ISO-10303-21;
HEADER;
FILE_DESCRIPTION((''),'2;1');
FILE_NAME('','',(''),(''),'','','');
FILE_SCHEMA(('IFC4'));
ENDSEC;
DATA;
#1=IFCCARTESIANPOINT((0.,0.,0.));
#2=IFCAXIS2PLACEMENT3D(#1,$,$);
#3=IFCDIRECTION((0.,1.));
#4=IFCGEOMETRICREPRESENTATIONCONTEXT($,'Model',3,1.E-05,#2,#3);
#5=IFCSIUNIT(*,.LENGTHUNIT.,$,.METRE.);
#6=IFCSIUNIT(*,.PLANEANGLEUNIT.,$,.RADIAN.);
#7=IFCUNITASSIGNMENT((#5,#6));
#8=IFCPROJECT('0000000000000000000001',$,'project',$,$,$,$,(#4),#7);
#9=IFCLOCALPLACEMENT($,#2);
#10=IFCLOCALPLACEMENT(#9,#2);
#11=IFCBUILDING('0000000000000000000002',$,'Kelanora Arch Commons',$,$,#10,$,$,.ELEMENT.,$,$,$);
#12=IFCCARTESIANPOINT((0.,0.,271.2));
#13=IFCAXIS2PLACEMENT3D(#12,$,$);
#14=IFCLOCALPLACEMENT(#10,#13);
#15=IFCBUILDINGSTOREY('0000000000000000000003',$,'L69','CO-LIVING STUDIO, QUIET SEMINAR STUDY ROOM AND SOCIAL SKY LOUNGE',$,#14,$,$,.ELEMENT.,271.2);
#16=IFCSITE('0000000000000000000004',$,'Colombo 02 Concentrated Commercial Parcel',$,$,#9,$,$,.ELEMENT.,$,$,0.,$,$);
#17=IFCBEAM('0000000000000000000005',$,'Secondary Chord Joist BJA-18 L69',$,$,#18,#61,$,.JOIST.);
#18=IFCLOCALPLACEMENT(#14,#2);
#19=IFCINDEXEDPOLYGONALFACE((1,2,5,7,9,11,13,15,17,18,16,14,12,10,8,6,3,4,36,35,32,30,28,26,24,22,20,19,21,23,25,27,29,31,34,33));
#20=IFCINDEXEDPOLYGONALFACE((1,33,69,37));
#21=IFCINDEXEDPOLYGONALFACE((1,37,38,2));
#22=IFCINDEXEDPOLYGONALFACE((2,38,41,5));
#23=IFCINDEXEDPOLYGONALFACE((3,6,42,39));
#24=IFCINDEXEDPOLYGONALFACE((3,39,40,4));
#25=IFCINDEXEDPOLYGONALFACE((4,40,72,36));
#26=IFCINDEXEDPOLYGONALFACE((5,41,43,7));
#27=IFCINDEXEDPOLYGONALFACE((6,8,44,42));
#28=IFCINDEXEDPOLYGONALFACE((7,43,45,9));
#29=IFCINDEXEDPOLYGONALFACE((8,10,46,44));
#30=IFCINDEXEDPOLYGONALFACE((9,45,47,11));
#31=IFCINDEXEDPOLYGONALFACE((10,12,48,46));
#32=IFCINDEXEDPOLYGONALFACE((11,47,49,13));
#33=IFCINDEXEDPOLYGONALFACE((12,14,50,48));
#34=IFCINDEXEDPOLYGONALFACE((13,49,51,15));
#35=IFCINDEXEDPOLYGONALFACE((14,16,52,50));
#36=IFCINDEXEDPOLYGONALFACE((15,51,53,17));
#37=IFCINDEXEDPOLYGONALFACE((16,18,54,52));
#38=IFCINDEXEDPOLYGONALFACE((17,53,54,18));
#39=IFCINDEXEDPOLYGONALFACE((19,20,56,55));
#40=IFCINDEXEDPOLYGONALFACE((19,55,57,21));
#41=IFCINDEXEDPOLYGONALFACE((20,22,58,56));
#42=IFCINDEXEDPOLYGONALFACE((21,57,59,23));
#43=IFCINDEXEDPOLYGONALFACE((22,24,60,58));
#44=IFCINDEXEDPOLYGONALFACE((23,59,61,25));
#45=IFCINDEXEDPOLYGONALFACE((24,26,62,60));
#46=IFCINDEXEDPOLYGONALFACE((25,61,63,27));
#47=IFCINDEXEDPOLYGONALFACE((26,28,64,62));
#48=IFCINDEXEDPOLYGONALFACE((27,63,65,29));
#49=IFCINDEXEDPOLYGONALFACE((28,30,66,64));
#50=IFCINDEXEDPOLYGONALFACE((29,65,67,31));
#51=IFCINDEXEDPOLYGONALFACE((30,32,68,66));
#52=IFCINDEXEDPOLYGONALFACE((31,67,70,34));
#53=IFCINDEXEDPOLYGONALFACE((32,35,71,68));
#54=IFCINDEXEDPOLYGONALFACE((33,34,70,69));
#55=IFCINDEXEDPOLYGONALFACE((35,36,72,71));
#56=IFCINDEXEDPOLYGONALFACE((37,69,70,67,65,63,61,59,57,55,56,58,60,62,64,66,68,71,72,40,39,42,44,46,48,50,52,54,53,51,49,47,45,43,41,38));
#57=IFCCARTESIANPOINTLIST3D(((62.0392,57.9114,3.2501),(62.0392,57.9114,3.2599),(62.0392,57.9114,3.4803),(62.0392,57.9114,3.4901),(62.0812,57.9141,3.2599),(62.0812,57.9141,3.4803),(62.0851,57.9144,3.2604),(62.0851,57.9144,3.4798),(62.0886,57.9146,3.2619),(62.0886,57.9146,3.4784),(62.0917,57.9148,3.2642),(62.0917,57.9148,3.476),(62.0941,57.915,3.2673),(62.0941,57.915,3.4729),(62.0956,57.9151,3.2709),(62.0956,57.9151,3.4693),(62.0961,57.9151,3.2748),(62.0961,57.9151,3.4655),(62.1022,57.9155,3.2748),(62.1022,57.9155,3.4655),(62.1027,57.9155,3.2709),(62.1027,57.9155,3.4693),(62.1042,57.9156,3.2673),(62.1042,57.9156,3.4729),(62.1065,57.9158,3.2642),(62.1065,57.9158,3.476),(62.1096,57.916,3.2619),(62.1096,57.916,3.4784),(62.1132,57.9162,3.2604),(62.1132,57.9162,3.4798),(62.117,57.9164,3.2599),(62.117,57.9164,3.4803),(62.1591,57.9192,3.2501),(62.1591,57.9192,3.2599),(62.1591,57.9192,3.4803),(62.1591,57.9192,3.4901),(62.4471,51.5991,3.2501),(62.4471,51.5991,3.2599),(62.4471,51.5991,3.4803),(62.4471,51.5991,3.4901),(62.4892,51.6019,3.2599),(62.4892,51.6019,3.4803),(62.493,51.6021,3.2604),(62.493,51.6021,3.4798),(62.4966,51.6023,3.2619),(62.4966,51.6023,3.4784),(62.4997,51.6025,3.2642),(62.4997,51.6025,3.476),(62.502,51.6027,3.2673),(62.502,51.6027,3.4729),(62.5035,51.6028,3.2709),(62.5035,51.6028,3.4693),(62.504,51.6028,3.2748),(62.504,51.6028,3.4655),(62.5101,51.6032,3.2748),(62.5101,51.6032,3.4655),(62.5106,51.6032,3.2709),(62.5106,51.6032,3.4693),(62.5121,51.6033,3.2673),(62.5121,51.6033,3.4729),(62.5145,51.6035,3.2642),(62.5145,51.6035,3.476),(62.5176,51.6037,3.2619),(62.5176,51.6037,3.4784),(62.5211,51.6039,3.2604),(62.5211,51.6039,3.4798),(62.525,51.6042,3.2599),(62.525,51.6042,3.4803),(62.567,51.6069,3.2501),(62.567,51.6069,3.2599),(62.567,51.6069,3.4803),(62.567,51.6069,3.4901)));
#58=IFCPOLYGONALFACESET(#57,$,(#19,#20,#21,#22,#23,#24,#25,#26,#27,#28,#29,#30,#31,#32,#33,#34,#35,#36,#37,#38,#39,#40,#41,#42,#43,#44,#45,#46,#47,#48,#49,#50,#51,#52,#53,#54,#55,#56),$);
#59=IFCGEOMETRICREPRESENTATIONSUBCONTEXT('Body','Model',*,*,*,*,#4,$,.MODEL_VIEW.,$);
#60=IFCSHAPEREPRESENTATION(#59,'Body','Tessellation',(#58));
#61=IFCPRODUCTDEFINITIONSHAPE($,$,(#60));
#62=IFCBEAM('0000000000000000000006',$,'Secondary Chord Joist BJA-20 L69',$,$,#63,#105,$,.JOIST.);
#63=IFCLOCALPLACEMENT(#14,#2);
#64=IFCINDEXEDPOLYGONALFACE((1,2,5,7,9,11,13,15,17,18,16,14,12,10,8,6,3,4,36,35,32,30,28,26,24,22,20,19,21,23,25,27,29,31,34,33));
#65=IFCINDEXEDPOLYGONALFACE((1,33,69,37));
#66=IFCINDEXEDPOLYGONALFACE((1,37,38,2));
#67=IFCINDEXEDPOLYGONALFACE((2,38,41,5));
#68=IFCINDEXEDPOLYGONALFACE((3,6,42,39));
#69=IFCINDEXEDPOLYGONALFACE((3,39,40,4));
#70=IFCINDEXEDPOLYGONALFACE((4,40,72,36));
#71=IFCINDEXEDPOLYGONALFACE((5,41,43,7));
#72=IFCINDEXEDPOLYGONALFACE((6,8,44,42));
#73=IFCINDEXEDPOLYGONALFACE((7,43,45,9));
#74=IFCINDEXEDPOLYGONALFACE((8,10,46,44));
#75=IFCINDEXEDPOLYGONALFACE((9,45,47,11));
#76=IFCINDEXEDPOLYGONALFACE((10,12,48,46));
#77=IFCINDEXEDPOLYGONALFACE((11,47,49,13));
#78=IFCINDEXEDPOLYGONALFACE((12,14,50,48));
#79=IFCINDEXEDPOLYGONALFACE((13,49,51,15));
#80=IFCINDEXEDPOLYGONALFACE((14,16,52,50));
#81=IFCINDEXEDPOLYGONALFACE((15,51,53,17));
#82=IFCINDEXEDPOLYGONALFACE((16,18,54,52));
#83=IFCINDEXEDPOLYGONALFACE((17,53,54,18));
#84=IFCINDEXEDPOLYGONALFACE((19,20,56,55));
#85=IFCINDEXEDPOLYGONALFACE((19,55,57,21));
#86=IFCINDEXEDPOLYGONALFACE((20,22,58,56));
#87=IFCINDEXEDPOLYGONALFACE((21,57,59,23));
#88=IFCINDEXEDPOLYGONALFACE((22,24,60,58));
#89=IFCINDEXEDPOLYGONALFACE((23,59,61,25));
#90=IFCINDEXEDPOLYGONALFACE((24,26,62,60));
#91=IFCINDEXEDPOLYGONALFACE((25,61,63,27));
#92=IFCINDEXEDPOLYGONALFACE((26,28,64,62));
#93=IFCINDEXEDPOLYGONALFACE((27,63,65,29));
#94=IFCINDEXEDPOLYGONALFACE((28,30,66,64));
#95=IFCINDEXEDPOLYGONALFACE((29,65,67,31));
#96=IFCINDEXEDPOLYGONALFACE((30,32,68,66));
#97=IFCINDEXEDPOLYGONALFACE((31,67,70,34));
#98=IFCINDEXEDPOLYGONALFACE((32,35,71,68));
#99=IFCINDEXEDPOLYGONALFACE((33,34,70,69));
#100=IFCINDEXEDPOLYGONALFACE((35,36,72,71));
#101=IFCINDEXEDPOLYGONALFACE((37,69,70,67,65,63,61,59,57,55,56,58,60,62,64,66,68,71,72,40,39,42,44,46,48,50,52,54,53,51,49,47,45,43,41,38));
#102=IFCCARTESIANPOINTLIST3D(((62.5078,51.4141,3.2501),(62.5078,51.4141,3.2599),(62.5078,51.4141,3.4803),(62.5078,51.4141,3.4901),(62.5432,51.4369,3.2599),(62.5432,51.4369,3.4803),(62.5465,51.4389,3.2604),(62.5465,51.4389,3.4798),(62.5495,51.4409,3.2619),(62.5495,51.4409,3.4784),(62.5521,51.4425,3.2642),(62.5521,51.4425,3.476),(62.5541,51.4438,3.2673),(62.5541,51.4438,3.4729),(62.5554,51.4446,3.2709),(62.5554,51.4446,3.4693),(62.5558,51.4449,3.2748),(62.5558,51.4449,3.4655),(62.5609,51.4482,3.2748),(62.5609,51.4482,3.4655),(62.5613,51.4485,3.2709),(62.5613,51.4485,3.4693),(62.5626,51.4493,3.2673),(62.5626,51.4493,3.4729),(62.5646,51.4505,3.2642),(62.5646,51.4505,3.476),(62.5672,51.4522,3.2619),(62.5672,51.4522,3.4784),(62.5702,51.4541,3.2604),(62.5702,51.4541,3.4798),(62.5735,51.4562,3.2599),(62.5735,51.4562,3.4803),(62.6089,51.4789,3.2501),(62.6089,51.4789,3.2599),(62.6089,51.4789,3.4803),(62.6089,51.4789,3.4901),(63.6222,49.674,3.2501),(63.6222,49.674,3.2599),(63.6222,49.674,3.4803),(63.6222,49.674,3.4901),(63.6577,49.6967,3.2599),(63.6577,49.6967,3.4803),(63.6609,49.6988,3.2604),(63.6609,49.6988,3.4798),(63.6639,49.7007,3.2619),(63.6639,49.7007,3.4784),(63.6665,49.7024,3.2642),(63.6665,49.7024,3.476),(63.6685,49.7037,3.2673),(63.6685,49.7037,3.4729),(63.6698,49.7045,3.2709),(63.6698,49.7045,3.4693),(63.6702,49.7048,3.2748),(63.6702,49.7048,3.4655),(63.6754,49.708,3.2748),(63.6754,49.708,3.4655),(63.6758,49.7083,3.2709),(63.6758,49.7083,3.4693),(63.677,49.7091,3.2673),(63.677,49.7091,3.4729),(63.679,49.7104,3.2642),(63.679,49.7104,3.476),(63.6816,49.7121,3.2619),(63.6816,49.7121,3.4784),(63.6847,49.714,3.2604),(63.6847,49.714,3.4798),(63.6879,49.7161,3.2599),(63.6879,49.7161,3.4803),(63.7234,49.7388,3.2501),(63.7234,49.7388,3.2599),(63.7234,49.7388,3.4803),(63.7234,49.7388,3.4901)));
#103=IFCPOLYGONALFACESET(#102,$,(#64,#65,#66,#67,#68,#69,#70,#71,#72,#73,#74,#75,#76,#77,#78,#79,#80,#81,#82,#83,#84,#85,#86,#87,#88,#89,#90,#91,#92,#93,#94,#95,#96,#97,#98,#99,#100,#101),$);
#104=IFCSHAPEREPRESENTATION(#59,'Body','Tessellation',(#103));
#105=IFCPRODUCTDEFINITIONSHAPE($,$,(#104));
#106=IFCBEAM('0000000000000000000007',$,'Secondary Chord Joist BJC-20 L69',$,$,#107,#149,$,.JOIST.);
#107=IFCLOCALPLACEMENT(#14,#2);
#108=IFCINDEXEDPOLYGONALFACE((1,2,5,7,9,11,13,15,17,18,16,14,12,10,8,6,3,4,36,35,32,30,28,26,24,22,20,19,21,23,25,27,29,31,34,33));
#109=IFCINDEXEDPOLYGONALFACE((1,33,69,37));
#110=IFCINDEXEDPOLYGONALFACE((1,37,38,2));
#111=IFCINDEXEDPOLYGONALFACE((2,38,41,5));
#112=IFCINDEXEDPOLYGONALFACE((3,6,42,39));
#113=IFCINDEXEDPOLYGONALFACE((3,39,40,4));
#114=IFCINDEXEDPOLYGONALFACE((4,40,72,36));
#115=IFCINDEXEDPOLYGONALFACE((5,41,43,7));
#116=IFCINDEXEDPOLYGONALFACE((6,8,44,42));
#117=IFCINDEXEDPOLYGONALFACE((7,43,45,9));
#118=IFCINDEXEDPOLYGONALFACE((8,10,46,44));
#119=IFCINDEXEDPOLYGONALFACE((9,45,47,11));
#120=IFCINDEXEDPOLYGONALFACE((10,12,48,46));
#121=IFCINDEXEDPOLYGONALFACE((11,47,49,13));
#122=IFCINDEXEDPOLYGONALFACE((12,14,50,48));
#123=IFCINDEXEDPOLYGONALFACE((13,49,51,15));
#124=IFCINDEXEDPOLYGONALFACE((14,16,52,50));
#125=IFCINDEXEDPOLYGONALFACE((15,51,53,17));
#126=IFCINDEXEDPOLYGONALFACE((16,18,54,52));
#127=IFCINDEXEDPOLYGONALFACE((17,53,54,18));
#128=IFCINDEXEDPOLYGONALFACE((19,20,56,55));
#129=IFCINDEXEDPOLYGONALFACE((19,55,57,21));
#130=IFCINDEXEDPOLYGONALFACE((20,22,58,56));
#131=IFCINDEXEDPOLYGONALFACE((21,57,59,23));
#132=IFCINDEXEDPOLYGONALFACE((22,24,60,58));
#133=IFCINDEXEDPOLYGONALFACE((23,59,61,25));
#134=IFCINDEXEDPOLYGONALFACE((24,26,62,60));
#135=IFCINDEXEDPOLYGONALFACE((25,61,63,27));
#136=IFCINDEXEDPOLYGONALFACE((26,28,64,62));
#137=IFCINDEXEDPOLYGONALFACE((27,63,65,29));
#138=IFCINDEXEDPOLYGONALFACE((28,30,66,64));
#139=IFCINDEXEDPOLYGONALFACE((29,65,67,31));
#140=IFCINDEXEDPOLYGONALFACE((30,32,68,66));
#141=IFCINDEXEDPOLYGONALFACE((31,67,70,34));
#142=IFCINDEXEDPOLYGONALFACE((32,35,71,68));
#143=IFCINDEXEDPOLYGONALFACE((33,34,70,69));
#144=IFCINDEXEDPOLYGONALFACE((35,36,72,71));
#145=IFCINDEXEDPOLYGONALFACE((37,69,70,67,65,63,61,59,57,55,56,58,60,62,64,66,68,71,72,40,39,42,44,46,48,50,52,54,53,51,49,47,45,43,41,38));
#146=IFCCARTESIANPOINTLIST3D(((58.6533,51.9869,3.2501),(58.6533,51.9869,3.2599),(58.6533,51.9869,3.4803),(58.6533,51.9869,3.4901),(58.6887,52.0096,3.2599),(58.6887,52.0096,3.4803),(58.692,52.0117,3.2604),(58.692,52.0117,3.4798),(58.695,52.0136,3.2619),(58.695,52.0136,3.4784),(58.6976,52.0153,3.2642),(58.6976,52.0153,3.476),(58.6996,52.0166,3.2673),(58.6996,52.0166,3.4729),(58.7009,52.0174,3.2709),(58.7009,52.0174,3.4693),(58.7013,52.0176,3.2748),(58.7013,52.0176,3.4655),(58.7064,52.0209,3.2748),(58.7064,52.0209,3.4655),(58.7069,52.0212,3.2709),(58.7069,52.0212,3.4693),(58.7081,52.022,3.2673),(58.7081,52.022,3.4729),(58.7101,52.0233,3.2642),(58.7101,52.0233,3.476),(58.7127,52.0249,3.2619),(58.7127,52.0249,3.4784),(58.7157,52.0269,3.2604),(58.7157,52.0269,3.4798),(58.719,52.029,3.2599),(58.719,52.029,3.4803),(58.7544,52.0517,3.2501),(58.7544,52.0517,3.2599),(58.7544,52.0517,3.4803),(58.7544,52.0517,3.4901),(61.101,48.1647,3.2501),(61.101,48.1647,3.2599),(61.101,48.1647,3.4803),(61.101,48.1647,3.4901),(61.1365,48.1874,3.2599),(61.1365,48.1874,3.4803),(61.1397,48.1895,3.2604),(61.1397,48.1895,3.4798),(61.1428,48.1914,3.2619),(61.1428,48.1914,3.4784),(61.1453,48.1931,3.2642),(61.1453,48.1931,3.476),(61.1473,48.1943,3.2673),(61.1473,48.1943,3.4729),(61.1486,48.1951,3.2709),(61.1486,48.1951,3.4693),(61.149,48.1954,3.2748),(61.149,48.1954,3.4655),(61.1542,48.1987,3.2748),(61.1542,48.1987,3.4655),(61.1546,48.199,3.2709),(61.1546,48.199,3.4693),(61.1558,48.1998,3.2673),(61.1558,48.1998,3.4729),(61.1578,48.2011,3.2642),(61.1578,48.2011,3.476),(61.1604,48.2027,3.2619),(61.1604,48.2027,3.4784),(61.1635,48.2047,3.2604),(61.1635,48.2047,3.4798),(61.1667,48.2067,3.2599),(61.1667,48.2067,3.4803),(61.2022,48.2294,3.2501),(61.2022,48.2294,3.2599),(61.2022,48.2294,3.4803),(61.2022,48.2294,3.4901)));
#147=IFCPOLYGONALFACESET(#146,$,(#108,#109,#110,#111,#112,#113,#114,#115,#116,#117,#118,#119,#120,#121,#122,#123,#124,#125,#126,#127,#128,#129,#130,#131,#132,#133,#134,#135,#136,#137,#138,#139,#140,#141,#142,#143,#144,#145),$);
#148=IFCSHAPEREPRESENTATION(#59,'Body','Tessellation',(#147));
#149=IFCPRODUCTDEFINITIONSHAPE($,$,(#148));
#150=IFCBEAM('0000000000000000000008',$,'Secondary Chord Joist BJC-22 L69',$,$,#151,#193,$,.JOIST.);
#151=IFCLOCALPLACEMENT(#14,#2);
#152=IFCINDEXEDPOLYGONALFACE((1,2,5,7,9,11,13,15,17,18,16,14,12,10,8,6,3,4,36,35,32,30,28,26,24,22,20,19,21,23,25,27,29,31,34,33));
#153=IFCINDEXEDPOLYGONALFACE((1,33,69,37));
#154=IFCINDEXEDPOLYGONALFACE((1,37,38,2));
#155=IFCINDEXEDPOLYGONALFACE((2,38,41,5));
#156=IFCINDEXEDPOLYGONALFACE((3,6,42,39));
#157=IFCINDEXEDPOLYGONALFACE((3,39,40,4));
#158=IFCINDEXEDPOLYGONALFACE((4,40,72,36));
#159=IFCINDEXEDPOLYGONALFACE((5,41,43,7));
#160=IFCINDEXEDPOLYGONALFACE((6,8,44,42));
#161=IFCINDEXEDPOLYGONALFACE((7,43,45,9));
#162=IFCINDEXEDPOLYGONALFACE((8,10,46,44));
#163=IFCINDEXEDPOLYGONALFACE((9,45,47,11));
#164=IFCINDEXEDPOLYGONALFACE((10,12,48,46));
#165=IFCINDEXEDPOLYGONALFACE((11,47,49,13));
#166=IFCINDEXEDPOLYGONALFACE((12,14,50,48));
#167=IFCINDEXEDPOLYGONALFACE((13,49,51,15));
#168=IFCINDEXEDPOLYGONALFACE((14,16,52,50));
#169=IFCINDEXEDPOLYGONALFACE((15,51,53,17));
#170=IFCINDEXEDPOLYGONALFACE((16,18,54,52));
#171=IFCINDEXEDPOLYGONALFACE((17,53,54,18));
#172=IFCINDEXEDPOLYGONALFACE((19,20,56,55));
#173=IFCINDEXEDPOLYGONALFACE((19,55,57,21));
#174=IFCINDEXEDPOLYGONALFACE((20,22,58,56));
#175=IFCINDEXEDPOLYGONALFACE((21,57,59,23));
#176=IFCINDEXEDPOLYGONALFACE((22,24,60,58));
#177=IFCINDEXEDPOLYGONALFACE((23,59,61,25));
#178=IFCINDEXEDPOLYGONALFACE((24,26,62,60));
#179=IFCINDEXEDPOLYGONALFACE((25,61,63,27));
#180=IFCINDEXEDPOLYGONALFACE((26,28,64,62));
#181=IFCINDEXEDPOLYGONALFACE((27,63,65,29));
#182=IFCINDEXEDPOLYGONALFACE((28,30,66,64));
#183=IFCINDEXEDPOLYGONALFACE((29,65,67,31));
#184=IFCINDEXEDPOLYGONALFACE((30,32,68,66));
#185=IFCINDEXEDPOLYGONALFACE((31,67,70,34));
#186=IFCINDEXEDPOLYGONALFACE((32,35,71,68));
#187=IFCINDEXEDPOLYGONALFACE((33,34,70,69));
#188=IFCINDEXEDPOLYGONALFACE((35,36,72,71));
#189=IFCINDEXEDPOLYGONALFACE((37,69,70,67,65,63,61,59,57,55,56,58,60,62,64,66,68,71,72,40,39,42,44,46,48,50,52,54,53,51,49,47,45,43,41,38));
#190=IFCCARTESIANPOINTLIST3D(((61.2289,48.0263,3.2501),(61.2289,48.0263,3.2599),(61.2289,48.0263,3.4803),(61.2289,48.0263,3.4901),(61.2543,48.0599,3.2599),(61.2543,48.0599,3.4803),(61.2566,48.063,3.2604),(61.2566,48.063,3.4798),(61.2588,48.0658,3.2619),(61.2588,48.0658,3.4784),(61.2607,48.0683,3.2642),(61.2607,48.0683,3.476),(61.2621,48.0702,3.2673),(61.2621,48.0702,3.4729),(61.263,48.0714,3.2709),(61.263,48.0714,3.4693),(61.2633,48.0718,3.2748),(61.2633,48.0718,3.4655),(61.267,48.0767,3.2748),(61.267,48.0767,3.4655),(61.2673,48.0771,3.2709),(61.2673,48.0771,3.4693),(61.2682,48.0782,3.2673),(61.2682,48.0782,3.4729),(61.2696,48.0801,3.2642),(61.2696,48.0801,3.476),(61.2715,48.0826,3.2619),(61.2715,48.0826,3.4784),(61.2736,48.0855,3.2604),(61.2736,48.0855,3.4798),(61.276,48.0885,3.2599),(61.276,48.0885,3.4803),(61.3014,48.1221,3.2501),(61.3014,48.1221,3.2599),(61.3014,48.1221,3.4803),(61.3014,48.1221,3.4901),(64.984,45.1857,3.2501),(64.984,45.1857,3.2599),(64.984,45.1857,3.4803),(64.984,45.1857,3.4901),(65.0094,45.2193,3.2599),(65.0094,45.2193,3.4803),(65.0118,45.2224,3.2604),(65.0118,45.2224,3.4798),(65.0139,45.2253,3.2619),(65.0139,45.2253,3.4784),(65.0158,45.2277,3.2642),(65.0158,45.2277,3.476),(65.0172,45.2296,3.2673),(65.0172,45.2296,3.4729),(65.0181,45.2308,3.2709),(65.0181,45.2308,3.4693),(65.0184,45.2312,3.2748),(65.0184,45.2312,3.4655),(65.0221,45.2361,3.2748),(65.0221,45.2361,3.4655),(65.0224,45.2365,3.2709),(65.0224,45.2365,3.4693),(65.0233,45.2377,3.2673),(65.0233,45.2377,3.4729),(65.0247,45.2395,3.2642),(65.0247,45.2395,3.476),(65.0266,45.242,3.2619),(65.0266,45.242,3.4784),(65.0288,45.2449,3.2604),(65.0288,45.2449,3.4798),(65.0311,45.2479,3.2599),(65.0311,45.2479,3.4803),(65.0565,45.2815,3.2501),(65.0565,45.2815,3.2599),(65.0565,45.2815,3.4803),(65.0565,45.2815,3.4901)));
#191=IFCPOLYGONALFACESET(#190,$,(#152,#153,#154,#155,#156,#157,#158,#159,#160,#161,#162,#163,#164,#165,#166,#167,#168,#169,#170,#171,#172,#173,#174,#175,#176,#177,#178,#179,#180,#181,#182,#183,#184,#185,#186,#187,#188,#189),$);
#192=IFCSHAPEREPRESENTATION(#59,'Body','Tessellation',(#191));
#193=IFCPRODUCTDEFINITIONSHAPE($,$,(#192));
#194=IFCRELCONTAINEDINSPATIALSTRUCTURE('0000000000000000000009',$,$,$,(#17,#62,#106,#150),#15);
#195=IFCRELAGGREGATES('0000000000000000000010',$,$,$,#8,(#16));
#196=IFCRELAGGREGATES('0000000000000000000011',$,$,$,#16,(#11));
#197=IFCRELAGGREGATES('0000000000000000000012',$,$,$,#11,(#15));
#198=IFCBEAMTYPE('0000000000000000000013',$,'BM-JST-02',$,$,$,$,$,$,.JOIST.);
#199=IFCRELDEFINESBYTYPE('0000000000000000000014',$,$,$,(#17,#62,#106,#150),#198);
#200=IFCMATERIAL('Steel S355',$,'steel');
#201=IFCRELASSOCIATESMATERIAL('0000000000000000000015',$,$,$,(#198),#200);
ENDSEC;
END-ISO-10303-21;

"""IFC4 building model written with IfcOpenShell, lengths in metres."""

from ifc_helpers import new_model, si_unit, direction, frame, origin, origin_2d, place, context, subcontext, project, spatial, i_section, extrude, material, material_profile, profile_set, type_object, element, save


model = new_model("IFC4")

# Units and contexts
model_context = context("Model", 3, precision=1e-05, world=origin(), true_north=direction((0.0, 1.0)))
body_context = subcontext(model_context, "Body", "Model", "MODEL_VIEW")
ifc_project = project(units=[si_unit("LENGTHUNIT", "METRE"), si_unit("PLANEANGLEUNIT", "RADIAN")], contexts=[model_context])

# Site, building, storey
site_placement = place(None, origin())
site = spatial("IfcSite", under=ifc_project, at=site_placement, Name="Colombo 02 Concentrated Commercial Parcel", CompositionType="ELEMENT", RefElevation=0.0)
building_placement = place(site_placement, origin())
building = spatial("IfcBuilding", under=site, at=building_placement, Name="Kelanora Arch Commons", CompositionType="ELEMENT")
storey_placement = place(building_placement, frame((0.0, 0.0, 271.2)))
storey = spatial("IfcBuildingStorey", under=building, at=storey_placement, Name="L69", Description="CO-LIVING STUDIO, QUIET SEMINAR STUDY ROOM AND SOCIAL SKY LOUNGE", CompositionType="ELEMENT", Elevation=271.2)

# Beams
ifc_material_1 = material(Name="Steel S355", Category="steel")
ifc_material_profile_1 = material_profile(ifc_material_1, i_section(OverallWidth=0.1201, OverallDepth=0.24, WebThickness=0.0061, FlangeThickness=0.0098, FilletRadius=0.0149, at=origin_2d()), Name="IPE240")
ifc_profile_set_1 = profile_set([ifc_material_profile_1], Name="Steel S355")
beam_type_1 = type_object("IfcBeamType", Name="BM-JST-02", PredefinedType="JOIST", material=ifc_profile_set_1)
beam_1_placement = place(storey_placement, frame((62.0991, 57.9153, 3.3701), z_axis=(0.064495, -0.997918, 0.0), x_axis=(0.997918, 0.064495, 0.0)))
element("IfcBeam", 1, at=beam_1_placement, inside=storey, type_object=beam_type_1, Name="Secondary Chord Joist BJA-18 L69", PredefinedType="JOIST", context=body_context, shape_type="SweptSolid", body=[
    extrude(i_section(OverallWidth=0.1201, OverallDepth=0.24, WebThickness=0.0061, FlangeThickness=0.0098, FilletRadius=0.0149, at=origin_2d()), origin(), (0.0, 0.0, 1.0), 6.3254),
])
beam_2_placement = place(storey_placement, frame((62.5583, 51.4465, 3.3701), z_axis=(0.539312, -0.842106, 0.0), x_axis=(0.842106, 0.539312, 0.0)))
element("IfcBeam", 2, at=beam_2_placement, inside=storey, type_object=beam_type_1, Name="Secondary Chord Joist BJA-20 L69", PredefinedType="JOIST", context=body_context, shape_type="SweptSolid", body=[
    extrude(i_section(OverallWidth=0.1201, OverallDepth=0.24, WebThickness=0.0061, FlangeThickness=0.0098, FilletRadius=0.0149, at=origin_2d()), origin(), (0.0, 0.0, 1.0), 2.0664),
])
beam_3_placement = place(storey_placement, frame((58.7039, 52.0193, 3.3701), z_axis=(0.539289, -0.842121, 0.0), x_axis=(0.842121, 0.539289, 0.0)))
element("IfcBeam", 3, at=beam_3_placement, inside=storey, type_object=beam_type_1, Name="Secondary Chord Joist BJC-20 L69", PredefinedType="JOIST", context=body_context, shape_type="SweptSolid", body=[
    extrude(i_section(OverallWidth=0.1201, OverallDepth=0.24, WebThickness=0.0061, FlangeThickness=0.0098, FilletRadius=0.0149, at=origin_2d()), origin(), (0.0, 0.0, 1.0), 4.5388),
])
beam_4_placement = place(storey_placement, frame((61.2651, 48.0742, 3.3701), z_axis=(0.797523, -0.603289, 0.0), x_axis=(0.603289, 0.797523, 0.0)))
element("IfcBeam", 4, at=beam_4_placement, inside=storey, type_object=beam_type_1, Name="Secondary Chord Joist BJC-22 L69", PredefinedType="JOIST", context=body_context, shape_type="SweptSolid", body=[
    extrude(i_section(OverallWidth=0.1201, OverallDepth=0.24, WebThickness=0.0061, FlangeThickness=0.0098, FilletRadius=0.0149, at=origin_2d()), origin(), (0.0, 0.0, 1.0), 4.7085),
])

save(model, "model.ifc")
